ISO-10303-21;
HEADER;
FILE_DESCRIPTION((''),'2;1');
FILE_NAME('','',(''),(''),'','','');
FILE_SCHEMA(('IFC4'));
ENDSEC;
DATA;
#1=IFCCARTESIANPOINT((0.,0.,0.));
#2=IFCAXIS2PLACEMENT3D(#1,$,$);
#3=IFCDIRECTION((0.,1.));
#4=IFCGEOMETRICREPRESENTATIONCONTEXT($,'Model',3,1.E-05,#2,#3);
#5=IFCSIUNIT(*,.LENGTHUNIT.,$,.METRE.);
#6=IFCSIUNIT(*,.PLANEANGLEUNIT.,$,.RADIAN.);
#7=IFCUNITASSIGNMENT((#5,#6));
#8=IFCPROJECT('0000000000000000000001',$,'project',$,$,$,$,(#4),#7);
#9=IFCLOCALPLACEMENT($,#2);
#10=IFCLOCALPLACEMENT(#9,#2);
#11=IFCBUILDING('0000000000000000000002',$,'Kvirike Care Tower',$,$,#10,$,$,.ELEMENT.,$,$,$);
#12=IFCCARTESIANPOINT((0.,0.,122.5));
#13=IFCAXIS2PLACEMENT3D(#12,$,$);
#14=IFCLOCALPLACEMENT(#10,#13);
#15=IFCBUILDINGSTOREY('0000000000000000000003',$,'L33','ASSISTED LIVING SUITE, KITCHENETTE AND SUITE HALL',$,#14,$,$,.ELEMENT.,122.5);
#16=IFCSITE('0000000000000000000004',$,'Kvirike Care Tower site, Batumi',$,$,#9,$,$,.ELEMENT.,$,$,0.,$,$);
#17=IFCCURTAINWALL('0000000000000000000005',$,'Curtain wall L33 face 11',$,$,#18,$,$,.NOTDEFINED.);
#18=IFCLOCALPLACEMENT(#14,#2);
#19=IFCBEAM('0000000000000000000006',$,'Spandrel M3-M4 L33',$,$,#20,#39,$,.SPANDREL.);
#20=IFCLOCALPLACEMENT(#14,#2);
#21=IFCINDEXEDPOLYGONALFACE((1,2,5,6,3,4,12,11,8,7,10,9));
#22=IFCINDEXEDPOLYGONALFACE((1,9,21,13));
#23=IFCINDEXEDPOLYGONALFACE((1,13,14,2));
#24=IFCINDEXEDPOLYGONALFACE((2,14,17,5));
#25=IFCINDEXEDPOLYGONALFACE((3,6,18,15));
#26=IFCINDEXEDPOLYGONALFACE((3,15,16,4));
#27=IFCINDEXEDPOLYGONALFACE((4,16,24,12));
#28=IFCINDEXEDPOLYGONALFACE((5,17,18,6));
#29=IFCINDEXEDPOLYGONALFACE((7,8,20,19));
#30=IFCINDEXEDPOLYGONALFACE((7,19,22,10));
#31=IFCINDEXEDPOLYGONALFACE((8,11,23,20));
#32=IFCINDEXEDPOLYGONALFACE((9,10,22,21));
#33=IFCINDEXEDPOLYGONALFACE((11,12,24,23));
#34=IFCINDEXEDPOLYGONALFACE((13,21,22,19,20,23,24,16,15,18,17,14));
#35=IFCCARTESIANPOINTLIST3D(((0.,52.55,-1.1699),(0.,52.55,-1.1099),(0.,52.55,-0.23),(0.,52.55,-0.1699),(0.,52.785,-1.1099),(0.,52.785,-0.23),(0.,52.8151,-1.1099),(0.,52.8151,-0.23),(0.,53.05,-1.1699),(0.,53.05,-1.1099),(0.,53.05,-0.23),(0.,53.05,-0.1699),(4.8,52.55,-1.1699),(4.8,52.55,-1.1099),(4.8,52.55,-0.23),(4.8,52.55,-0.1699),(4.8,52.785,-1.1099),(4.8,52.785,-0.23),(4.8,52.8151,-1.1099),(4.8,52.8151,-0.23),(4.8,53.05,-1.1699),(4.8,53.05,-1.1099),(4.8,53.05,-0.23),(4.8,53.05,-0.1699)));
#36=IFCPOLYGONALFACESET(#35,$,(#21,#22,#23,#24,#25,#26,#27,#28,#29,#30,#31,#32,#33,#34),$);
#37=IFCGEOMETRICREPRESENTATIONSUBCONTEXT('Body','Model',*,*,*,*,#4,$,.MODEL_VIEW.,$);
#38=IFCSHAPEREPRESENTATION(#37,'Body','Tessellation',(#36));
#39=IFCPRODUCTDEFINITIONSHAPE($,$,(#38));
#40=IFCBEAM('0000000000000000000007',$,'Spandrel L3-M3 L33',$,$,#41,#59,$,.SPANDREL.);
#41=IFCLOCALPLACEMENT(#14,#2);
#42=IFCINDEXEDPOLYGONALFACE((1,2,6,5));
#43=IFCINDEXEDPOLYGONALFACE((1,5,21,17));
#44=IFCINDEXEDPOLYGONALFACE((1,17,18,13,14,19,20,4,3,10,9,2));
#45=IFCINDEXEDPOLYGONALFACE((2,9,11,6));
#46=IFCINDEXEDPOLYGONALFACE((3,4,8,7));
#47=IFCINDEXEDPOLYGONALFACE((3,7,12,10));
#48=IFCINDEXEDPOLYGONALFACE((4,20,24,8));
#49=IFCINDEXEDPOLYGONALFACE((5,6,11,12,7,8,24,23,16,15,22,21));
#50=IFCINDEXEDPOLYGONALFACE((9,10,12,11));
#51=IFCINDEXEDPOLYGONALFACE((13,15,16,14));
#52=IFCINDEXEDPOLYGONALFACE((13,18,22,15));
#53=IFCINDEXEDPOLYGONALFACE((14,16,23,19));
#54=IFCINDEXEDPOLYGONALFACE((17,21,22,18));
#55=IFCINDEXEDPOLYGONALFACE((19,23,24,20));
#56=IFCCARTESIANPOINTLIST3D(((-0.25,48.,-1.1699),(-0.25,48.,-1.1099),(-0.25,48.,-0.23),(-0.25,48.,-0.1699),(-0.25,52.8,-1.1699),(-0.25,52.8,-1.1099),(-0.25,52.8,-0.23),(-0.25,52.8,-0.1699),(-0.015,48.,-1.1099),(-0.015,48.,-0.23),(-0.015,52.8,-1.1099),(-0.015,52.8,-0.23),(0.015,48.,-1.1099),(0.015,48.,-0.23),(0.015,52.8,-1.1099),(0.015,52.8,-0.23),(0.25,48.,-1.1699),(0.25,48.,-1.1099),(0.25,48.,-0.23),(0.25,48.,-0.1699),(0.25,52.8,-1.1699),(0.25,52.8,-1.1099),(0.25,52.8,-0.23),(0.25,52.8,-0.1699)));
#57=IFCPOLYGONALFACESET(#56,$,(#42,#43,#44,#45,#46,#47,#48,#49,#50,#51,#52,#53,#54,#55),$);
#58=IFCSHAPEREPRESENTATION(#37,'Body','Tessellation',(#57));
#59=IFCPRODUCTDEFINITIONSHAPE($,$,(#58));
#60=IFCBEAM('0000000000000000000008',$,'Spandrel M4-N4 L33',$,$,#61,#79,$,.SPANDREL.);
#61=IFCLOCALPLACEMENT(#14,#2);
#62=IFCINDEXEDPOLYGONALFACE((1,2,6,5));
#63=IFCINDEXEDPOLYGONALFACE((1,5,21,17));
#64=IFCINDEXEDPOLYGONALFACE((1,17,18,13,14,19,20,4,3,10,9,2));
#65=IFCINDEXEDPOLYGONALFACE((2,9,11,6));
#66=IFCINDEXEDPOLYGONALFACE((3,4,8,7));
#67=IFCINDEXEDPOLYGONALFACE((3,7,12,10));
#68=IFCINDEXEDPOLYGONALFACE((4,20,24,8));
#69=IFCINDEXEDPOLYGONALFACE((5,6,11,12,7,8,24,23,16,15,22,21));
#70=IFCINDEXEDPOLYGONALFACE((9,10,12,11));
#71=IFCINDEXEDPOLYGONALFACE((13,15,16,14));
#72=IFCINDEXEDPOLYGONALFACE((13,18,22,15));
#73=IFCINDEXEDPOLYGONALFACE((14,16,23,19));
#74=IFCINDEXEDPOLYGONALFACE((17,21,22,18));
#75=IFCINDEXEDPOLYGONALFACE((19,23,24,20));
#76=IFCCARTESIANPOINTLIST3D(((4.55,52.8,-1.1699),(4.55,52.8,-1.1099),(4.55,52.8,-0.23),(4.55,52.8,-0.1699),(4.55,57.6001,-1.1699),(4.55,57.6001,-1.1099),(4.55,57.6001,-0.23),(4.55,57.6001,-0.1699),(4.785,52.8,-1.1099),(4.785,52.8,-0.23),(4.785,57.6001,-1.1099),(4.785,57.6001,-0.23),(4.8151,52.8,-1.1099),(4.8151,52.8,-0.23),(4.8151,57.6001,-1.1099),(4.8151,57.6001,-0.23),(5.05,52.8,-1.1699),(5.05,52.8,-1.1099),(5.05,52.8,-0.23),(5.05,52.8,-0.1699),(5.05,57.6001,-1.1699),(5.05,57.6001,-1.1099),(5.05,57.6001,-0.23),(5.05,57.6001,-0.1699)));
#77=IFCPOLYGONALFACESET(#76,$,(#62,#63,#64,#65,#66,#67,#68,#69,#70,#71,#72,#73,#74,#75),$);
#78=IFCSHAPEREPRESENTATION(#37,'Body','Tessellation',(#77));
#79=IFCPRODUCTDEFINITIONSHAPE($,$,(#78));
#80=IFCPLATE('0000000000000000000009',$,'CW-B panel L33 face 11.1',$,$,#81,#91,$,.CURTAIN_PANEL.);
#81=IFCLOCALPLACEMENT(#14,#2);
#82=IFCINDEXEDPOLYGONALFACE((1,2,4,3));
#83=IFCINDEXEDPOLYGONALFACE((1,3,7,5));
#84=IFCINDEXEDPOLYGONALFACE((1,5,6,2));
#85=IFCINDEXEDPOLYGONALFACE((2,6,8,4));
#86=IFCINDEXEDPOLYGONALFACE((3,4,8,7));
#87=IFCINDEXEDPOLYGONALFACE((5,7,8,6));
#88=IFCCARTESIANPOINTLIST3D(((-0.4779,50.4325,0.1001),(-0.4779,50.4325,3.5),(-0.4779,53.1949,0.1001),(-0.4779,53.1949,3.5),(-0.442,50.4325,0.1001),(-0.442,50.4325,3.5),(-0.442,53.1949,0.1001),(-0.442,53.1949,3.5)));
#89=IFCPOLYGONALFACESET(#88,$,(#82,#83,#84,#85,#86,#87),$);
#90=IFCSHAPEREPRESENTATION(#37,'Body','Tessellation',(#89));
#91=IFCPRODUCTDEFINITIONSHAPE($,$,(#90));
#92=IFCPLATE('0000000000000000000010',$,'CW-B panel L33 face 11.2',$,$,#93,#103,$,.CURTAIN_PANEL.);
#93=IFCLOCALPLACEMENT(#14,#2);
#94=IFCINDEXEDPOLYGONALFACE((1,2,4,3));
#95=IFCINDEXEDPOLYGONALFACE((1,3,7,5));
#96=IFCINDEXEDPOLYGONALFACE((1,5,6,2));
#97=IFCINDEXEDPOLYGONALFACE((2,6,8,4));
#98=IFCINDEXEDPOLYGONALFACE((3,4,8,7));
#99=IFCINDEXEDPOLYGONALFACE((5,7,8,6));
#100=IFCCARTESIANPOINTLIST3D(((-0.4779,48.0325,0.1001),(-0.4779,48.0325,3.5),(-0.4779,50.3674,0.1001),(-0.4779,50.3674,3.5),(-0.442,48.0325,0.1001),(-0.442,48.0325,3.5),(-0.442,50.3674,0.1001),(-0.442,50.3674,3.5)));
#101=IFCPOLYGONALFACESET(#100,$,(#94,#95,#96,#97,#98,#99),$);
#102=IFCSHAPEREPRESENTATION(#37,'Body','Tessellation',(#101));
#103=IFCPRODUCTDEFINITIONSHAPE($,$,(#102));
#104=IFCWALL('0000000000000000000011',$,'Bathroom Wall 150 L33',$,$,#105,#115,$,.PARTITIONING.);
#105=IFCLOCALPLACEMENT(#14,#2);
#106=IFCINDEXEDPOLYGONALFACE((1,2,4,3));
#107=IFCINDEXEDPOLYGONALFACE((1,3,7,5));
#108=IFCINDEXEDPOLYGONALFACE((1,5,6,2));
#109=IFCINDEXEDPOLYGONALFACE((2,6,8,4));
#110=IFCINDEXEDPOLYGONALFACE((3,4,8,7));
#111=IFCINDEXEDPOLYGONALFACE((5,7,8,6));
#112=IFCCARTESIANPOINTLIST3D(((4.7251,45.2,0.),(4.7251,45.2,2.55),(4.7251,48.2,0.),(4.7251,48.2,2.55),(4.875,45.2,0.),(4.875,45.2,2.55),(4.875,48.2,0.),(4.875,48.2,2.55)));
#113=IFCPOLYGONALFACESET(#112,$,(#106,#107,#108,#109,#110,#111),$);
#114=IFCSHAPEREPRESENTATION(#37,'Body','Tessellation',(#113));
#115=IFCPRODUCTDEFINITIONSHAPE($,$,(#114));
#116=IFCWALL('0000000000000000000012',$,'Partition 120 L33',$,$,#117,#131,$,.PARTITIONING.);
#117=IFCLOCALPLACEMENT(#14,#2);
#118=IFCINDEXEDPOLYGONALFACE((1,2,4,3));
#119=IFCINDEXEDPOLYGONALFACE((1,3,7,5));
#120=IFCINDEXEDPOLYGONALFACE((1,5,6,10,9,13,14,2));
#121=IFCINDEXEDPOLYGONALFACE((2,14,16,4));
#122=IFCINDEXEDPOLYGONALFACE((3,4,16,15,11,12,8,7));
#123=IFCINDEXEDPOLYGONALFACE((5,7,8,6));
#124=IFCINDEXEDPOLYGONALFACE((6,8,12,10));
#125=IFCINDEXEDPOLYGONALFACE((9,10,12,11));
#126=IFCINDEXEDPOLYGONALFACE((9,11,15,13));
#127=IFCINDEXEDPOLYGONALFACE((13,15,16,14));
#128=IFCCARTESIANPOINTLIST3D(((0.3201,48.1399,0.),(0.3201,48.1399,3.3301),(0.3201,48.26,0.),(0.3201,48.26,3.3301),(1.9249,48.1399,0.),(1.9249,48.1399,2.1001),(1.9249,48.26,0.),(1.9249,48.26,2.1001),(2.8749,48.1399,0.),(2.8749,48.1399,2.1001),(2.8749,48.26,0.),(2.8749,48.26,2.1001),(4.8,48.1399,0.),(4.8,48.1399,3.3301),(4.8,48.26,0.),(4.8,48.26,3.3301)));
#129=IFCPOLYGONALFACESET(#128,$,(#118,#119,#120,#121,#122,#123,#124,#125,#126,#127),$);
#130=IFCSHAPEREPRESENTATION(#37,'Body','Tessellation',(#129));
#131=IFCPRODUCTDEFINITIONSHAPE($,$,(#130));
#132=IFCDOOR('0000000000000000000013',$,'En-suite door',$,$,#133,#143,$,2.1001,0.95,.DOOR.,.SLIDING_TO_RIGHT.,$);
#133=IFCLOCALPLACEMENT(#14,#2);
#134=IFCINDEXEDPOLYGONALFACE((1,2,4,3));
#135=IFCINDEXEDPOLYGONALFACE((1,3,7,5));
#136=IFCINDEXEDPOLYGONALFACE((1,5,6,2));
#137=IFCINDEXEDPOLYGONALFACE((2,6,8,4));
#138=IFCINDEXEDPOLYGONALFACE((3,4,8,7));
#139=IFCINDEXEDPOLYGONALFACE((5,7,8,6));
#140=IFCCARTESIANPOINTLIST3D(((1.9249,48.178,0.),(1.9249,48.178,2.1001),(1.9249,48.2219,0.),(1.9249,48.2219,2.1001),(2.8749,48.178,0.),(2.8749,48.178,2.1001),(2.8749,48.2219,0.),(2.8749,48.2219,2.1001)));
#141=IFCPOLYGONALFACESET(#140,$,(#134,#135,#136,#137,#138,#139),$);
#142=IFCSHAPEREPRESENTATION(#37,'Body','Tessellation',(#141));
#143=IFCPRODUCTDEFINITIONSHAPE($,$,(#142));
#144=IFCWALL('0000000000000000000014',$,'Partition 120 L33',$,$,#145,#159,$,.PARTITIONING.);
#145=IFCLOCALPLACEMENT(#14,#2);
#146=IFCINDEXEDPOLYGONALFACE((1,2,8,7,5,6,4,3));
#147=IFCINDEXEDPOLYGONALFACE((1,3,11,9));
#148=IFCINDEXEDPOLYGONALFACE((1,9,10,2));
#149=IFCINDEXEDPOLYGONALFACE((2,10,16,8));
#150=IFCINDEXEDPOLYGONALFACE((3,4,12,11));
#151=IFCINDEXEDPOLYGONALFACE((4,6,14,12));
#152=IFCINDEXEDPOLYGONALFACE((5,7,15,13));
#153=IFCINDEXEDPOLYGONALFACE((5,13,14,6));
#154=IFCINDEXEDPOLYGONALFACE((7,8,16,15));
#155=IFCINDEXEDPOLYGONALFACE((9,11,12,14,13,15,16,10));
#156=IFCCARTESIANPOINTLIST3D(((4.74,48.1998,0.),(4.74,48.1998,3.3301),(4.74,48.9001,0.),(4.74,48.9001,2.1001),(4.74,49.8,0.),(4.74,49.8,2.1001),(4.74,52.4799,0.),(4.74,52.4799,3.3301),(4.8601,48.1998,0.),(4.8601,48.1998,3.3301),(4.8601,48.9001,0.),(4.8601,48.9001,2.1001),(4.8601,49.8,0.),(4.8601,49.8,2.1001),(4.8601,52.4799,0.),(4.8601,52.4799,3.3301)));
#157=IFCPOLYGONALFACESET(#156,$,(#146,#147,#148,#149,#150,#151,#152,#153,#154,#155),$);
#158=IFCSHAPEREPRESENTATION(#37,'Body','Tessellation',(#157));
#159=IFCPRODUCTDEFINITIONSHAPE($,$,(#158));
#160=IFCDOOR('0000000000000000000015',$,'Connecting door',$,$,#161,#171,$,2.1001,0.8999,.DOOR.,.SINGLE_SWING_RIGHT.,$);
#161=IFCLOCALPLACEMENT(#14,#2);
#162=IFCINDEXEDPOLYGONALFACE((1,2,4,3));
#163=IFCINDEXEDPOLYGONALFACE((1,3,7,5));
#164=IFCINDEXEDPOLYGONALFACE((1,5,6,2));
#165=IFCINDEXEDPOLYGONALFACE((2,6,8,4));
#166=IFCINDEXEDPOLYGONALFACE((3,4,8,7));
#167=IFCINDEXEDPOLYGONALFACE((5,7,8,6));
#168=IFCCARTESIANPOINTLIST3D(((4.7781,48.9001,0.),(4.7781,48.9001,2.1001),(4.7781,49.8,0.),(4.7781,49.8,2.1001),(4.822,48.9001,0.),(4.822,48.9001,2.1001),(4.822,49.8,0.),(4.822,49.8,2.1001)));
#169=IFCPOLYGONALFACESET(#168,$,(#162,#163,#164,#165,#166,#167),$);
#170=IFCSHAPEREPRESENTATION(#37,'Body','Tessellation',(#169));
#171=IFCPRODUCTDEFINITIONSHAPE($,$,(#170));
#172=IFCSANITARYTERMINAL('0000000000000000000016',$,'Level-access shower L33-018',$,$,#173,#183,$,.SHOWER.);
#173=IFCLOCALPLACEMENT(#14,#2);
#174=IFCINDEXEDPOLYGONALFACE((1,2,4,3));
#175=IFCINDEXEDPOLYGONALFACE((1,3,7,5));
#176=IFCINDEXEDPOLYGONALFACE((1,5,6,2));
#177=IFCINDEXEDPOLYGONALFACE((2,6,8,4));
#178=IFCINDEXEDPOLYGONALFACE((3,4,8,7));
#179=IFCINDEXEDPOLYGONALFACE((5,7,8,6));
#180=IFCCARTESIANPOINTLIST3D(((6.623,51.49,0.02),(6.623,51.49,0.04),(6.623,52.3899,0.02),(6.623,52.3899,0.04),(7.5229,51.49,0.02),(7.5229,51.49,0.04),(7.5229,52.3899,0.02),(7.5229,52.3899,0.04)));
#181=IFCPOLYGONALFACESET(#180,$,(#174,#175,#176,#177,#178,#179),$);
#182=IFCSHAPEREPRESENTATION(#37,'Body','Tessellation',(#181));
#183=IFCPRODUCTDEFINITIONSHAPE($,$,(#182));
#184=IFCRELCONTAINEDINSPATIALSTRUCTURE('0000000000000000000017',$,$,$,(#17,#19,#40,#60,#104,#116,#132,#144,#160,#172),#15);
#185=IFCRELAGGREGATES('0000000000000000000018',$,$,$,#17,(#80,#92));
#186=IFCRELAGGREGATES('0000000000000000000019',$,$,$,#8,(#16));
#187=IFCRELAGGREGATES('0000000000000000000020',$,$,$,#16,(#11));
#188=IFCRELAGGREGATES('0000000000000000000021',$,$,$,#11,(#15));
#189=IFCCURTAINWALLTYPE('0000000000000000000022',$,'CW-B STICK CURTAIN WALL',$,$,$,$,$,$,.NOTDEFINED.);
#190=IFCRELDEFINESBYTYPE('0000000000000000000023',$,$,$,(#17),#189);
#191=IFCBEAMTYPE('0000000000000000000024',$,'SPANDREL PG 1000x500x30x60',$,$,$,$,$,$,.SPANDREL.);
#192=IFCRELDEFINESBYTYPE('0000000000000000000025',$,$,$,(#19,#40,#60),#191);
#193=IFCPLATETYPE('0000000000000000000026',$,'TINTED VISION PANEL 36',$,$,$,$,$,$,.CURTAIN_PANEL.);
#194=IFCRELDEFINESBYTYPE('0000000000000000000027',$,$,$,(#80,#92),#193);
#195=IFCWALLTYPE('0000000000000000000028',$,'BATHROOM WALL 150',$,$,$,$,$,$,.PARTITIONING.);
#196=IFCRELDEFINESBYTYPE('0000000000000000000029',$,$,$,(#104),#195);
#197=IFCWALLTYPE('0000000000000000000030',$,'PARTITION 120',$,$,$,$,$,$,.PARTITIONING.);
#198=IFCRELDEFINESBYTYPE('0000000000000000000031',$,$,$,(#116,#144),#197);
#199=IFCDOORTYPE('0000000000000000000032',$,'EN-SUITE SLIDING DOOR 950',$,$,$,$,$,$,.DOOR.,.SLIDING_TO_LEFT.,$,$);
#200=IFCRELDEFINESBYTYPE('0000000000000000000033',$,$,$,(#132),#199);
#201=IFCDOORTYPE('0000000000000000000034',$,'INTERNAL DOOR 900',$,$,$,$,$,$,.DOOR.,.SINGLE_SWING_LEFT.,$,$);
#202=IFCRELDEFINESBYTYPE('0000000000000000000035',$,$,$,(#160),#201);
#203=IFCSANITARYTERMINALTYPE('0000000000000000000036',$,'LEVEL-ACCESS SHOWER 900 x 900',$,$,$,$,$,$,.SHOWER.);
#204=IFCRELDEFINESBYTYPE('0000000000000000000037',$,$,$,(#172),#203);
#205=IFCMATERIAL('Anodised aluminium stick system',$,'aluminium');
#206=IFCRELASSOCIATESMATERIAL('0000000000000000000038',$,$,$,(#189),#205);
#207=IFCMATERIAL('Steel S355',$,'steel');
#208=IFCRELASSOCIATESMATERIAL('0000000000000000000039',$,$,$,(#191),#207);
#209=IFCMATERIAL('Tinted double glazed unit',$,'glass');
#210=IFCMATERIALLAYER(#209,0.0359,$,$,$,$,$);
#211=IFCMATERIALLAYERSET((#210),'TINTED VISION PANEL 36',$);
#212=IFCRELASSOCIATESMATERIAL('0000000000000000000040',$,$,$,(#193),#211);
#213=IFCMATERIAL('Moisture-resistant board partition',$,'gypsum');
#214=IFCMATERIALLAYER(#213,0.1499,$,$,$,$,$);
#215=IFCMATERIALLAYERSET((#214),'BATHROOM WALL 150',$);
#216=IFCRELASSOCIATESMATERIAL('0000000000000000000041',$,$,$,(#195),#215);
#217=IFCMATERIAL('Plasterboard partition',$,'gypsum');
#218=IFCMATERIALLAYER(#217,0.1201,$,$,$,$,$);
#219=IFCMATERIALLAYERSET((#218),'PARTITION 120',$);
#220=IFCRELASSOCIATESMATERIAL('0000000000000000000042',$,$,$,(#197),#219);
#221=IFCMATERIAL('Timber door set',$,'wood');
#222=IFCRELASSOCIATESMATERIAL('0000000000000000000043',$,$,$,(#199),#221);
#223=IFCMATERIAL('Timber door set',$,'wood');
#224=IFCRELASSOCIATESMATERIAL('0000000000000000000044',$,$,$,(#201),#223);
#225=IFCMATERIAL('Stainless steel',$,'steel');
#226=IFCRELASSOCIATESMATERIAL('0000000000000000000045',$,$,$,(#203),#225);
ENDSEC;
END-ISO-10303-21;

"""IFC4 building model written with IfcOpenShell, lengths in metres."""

from ifc_helpers import new_model, si_unit, direction, frame, frame_2d, origin, origin_2d, place, context, subcontext, project, spatial, rectangle, i_section, extrude, material, layer, layer_set, material_profile, profile_set, type_object, element, fill, aggregate, save


model = new_model("IFC4")

# Units and contexts
model_context = context("Model", 3, precision=1e-05, world=origin(), true_north=direction((0.0, 1.0)))
body_context = subcontext(model_context, "Body", "Model", "MODEL_VIEW")
ifc_project = project(units=[si_unit("LENGTHUNIT", "METRE"), si_unit("PLANEANGLEUNIT", "RADIAN")], contexts=[model_context])

# Site, building, storey
site_placement = place(None, origin())
site = spatial("IfcSite", under=ifc_project, at=site_placement, Name="Kvirike Care Tower site, Batumi", CompositionType="ELEMENT", RefElevation=0.0)
building_placement = place(site_placement, origin())
building = spatial("IfcBuilding", under=site, at=building_placement, Name="Kvirike Care Tower", CompositionType="ELEMENT")
storey_placement = place(building_placement, frame((0.0, 0.0, 122.5)))
storey = spatial("IfcBuildingStorey", under=building, at=storey_placement, Name="L33", Description="ASSISTED LIVING SUITE, KITCHENETTE AND SUITE HALL", CompositionType="ELEMENT", Elevation=122.5)

# Curtain wall
ifc_material_1 = material(Name="Anodised aluminium stick system", Category="aluminium")
curtain_wall_type = type_object("IfcCurtainWallType", Name="CW-B STICK CURTAIN WALL", PredefinedType="NOTDEFINED", material=ifc_material_1)
curtain_wall_1_placement = place(storey_placement, origin())
curtain_wall_1 = element("IfcCurtainWall", 1, at=curtain_wall_1_placement, inside=storey, type_object=curtain_wall_type, Name="Curtain wall L33 face 11", PredefinedType="NOTDEFINED")

# Beams
ifc_material_2 = material(Name="Steel S355", Category="steel")
ifc_material_profile_1 = material_profile(ifc_material_2, i_section(OverallWidth=0.5, OverallDepth=1.0, WebThickness=0.03, FlangeThickness=0.0601, at=origin_2d()), Name="PG 1000x500x30x60")
ifc_profile_set_1 = profile_set([ifc_material_profile_1], Name="Steel S355")
beam_type_1 = type_object("IfcBeamType", Name="SPANDREL PG 1000x500x30x60", PredefinedType="SPANDREL", material=ifc_profile_set_1)
for number, where, z_axis, x_axis, name in (
    (2, (0.0, 52.8, -0.6699), (1.0, 0.0, 0.0), (0.0, 1.0, 0.0), "Spandrel M3-M4 L33"),
    (3, (0.0, 48.0, -0.6699), (0.0, 1.0, 0.0), (-1.0, 0.0, 0.0), "Spandrel L3-M3 L33"),
    (4, (4.8, 52.8, -0.6699), (0.0, 1.0, 0.0), (-1.0, 0.0, 0.0), "Spandrel M4-N4 L33"),
):
    element("IfcBeam", number, at=place(storey_placement, frame(where, z_axis=z_axis, x_axis=x_axis)), inside=storey, type_object=beam_type_1, Name=name, PredefinedType="SPANDREL", context=body_context, shape_type="SweptSolid", body=[
        extrude(i_section(OverallWidth=0.5, OverallDepth=1.0, WebThickness=0.03, FlangeThickness=0.0601, at=origin_2d()), origin(), (0.0, 0.0, 1.0), 4.8),
    ])

# Plates
ifc_material_3 = material(Name="Tinted double glazed unit", Category="glass")
ifc_layer_1 = layer(ifc_material_3, 0.0359)
ifc_layer_set_1 = layer_set([ifc_layer_1], Name="TINTED VISION PANEL 36")
plate_type = type_object("IfcPlateType", Name="TINTED VISION PANEL 36", PredefinedType="CURTAIN_PANEL", material=ifc_layer_set_1)
plate_1_placement = place(storey_placement, frame((-0.46, 51.8137, 0.1001), z_axis=(0.0, 0.0, 1.0), x_axis=(0.0, -1.0, 0.0)))
plate_1 = element("IfcPlate", 5, at=plate_1_placement, type_object=plate_type, Name="CW-B panel L33 face 11.1", PredefinedType="CURTAIN_PANEL", context=body_context, shape_type="SweptSolid", body=[
    extrude(rectangle(XDim=2.7625, YDim=0.0359, at=origin_2d()), origin(), (0.0, 0.0, 1.0), 3.3999),
])
plate_2_placement = place(storey_placement, frame((-0.46, 49.2, 0.1001), z_axis=(0.0, 0.0, 1.0), x_axis=(0.0, -1.0, 0.0)))
plate_2 = element("IfcPlate", 6, at=plate_2_placement, type_object=plate_type, Name="CW-B panel L33 face 11.2", PredefinedType="CURTAIN_PANEL", context=body_context, shape_type="SweptSolid", body=[
    extrude(rectangle(XDim=2.335, YDim=0.0359, at=origin_2d()), origin(), (0.0, 0.0, 1.0), 3.3999),
])
aggregate(curtain_wall_1, [plate_1, plate_2])

# Wall
ifc_material_4 = material(Name="Moisture-resistant board partition", Category="gypsum")
ifc_layer_2 = layer(ifc_material_4, 0.1499)
ifc_layer_set_2 = layer_set([ifc_layer_2], Name="BATHROOM WALL 150")
wall_type_1 = type_object("IfcWallType", Name="BATHROOM WALL 150", PredefinedType="PARTITIONING", material=ifc_layer_set_2)
wall_1_placement = place(storey_placement, frame((4.8, 48.2, 0.0), z_axis=(0.0, 0.0, 1.0), x_axis=(0.0, -1.0, 0.0)))
element("IfcWall", 7, at=wall_1_placement, inside=storey, type_object=wall_type_1, Name="Bathroom Wall 150 L33", PredefinedType="PARTITIONING", context=body_context, shape_type="SweptSolid", body=[
    extrude(rectangle(XDim=3.0, YDim=0.1499, at=frame_2d((1.5, 0.0))), origin(), (0.0, 0.0, 1.0), 2.55),
])

# Walls, openings, doors
ifc_material_5 = material(Name="Plasterboard partition", Category="gypsum")
ifc_layer_3 = layer(ifc_material_5, 0.1201)
ifc_layer_set_3 = layer_set([ifc_layer_3], Name="PARTITION 120")
wall_type_2 = type_object("IfcWallType", Name="PARTITION 120", PredefinedType="PARTITIONING", material=ifc_layer_set_3)
wall_2_placement = place(storey_placement, frame((4.8, 48.2, 0.0), z_axis=(0.0, 0.0, 1.0), x_axis=(-1.0, 0.0, 0.0)))
wall_2 = element("IfcWall", 8, at=wall_2_placement, inside=storey, type_object=wall_type_2, Name="Partition 120 L33", PredefinedType="PARTITIONING", context=body_context, shape_type="SweptSolid", body=[
    extrude(rectangle(XDim=4.48, YDim=0.1201, at=frame_2d((2.24, 0.0))), origin(), (0.0, 0.0, 1.0), 3.3301),
])
opening_1_placement = place(wall_2_placement, frame((1.925, 0.0, 0.0)))
opening_1 = element("IfcOpeningElement", 9, at=opening_1_placement, cuts=wall_2, PredefinedType="OPENING", context=body_context, shape_type="SweptSolid", body=[
    extrude(rectangle(XDim=0.95, YDim=2.1001, at=frame_2d((0.4751, 1.05))), frame((0.0, 0.0706, 0.0), z_axis=(0.0, -1.0, 0.0), x_axis=(1.0, 0.0, 0.0)), (0.0, 0.0, 1.0), 0.1411),
])
ifc_material_6 = material(Name="Timber door set", Category="wood")
door_type_1 = type_object("IfcDoorType", Name="EN-SUITE SLIDING DOOR 950", OperationType="SLIDING_TO_LEFT", PredefinedType="DOOR", material=ifc_material_6)
door_1_placement = place(opening_1_placement, origin())
door_1 = element("IfcDoor", 10, at=door_1_placement, inside=storey, type_object=door_type_1, Name="En-suite door", OperationType="SLIDING_TO_RIGHT", OverallHeight=2.1001, OverallWidth=0.95, PredefinedType="DOOR", context=body_context, shape_type="SweptSolid", body=[
    extrude(rectangle(XDim=0.95, YDim=2.1001, at=frame_2d((0.4751, 1.05))), frame((0.0, 0.022, 0.0), z_axis=(0.0, -1.0, 0.0), x_axis=(1.0, 0.0, 0.0)), (0.0, 0.0, 1.0), 0.0439),
])
fill(opening_1, door_1)
wall_3_placement = place(storey_placement, frame((4.8, 52.48, 0.0), z_axis=(0.0, 0.0, 1.0), x_axis=(0.0, -1.0, 0.0)))
wall_3 = element("IfcWall", 11, at=wall_3_placement, inside=storey, type_object=wall_type_2, Name="Partition 120 L33", PredefinedType="PARTITIONING", context=body_context, shape_type="SweptSolid", body=[
    extrude(rectangle(XDim=4.28, YDim=0.1201, at=frame_2d((2.1401, 0.0))), origin(), (0.0, 0.0, 1.0), 3.3301),
])
opening_2_placement = place(wall_3_placement, frame((2.6799, 0.0, 0.0)))
opening_2 = element("IfcOpeningElement", 12, at=opening_2_placement, cuts=wall_3, PredefinedType="OPENING", context=body_context, shape_type="SweptSolid", body=[
    extrude(rectangle(XDim=0.8999, YDim=2.1001, at=frame_2d((0.45, 1.05))), frame((0.0, 0.0706, 0.0), z_axis=(0.0, -1.0, 0.0), x_axis=(1.0, 0.0, 0.0)), (0.0, 0.0, 1.0), 0.1411),
])
ifc_material_7 = material(Name="Timber door set", Category="wood")
door_type_2 = type_object("IfcDoorType", Name="INTERNAL DOOR 900", OperationType="SINGLE_SWING_LEFT", PredefinedType="DOOR", material=ifc_material_7)
door_2_placement = place(opening_2_placement, frame((0.8999, 0.0, 0.0), z_axis=(0.0, 0.0, 1.0), x_axis=(-1.0, 0.0, 0.0)))
door_2 = element("IfcDoor", 13, at=door_2_placement, inside=storey, type_object=door_type_2, Name="Connecting door", OperationType="SINGLE_SWING_RIGHT", OverallHeight=2.1001, OverallWidth=0.8999, PredefinedType="DOOR", context=body_context, shape_type="SweptSolid", body=[
    extrude(rectangle(XDim=0.8999, YDim=2.1001, at=frame_2d((0.45, 1.05))), frame((0.0, 0.022, 0.0), z_axis=(0.0, -1.0, 0.0), x_axis=(1.0, 0.0, 0.0)), (0.0, 0.0, 1.0), 0.0439),
])
fill(opening_2, door_2)

# Sanitary terminal
ifc_material_8 = material(Name="Stainless steel", Category="steel")
sanitary_terminal_type_1 = type_object("IfcSanitaryTerminalType", Name="LEVEL-ACCESS SHOWER 900 x 900", PredefinedType="SHOWER", material=ifc_material_8)
sanitary_terminal_1_placement = place(storey_placement, frame((7.073, 51.9399, 0.02), z_axis=(0.0, 0.0, 1.0), x_axis=(0.0, -1.0, 0.0)))
element("IfcSanitaryTerminal", 14, at=sanitary_terminal_1_placement, inside=storey, type_object=sanitary_terminal_type_1, Name="Level-access shower L33-018", PredefinedType="SHOWER", context=body_context, shape_type="SweptSolid", body=[
    extrude(rectangle(XDim=0.8999, YDim=0.8999, at=origin_2d()), origin(), (0.0, 0.0, 1.0), 0.02),
])

save(model, "model.ifc")
